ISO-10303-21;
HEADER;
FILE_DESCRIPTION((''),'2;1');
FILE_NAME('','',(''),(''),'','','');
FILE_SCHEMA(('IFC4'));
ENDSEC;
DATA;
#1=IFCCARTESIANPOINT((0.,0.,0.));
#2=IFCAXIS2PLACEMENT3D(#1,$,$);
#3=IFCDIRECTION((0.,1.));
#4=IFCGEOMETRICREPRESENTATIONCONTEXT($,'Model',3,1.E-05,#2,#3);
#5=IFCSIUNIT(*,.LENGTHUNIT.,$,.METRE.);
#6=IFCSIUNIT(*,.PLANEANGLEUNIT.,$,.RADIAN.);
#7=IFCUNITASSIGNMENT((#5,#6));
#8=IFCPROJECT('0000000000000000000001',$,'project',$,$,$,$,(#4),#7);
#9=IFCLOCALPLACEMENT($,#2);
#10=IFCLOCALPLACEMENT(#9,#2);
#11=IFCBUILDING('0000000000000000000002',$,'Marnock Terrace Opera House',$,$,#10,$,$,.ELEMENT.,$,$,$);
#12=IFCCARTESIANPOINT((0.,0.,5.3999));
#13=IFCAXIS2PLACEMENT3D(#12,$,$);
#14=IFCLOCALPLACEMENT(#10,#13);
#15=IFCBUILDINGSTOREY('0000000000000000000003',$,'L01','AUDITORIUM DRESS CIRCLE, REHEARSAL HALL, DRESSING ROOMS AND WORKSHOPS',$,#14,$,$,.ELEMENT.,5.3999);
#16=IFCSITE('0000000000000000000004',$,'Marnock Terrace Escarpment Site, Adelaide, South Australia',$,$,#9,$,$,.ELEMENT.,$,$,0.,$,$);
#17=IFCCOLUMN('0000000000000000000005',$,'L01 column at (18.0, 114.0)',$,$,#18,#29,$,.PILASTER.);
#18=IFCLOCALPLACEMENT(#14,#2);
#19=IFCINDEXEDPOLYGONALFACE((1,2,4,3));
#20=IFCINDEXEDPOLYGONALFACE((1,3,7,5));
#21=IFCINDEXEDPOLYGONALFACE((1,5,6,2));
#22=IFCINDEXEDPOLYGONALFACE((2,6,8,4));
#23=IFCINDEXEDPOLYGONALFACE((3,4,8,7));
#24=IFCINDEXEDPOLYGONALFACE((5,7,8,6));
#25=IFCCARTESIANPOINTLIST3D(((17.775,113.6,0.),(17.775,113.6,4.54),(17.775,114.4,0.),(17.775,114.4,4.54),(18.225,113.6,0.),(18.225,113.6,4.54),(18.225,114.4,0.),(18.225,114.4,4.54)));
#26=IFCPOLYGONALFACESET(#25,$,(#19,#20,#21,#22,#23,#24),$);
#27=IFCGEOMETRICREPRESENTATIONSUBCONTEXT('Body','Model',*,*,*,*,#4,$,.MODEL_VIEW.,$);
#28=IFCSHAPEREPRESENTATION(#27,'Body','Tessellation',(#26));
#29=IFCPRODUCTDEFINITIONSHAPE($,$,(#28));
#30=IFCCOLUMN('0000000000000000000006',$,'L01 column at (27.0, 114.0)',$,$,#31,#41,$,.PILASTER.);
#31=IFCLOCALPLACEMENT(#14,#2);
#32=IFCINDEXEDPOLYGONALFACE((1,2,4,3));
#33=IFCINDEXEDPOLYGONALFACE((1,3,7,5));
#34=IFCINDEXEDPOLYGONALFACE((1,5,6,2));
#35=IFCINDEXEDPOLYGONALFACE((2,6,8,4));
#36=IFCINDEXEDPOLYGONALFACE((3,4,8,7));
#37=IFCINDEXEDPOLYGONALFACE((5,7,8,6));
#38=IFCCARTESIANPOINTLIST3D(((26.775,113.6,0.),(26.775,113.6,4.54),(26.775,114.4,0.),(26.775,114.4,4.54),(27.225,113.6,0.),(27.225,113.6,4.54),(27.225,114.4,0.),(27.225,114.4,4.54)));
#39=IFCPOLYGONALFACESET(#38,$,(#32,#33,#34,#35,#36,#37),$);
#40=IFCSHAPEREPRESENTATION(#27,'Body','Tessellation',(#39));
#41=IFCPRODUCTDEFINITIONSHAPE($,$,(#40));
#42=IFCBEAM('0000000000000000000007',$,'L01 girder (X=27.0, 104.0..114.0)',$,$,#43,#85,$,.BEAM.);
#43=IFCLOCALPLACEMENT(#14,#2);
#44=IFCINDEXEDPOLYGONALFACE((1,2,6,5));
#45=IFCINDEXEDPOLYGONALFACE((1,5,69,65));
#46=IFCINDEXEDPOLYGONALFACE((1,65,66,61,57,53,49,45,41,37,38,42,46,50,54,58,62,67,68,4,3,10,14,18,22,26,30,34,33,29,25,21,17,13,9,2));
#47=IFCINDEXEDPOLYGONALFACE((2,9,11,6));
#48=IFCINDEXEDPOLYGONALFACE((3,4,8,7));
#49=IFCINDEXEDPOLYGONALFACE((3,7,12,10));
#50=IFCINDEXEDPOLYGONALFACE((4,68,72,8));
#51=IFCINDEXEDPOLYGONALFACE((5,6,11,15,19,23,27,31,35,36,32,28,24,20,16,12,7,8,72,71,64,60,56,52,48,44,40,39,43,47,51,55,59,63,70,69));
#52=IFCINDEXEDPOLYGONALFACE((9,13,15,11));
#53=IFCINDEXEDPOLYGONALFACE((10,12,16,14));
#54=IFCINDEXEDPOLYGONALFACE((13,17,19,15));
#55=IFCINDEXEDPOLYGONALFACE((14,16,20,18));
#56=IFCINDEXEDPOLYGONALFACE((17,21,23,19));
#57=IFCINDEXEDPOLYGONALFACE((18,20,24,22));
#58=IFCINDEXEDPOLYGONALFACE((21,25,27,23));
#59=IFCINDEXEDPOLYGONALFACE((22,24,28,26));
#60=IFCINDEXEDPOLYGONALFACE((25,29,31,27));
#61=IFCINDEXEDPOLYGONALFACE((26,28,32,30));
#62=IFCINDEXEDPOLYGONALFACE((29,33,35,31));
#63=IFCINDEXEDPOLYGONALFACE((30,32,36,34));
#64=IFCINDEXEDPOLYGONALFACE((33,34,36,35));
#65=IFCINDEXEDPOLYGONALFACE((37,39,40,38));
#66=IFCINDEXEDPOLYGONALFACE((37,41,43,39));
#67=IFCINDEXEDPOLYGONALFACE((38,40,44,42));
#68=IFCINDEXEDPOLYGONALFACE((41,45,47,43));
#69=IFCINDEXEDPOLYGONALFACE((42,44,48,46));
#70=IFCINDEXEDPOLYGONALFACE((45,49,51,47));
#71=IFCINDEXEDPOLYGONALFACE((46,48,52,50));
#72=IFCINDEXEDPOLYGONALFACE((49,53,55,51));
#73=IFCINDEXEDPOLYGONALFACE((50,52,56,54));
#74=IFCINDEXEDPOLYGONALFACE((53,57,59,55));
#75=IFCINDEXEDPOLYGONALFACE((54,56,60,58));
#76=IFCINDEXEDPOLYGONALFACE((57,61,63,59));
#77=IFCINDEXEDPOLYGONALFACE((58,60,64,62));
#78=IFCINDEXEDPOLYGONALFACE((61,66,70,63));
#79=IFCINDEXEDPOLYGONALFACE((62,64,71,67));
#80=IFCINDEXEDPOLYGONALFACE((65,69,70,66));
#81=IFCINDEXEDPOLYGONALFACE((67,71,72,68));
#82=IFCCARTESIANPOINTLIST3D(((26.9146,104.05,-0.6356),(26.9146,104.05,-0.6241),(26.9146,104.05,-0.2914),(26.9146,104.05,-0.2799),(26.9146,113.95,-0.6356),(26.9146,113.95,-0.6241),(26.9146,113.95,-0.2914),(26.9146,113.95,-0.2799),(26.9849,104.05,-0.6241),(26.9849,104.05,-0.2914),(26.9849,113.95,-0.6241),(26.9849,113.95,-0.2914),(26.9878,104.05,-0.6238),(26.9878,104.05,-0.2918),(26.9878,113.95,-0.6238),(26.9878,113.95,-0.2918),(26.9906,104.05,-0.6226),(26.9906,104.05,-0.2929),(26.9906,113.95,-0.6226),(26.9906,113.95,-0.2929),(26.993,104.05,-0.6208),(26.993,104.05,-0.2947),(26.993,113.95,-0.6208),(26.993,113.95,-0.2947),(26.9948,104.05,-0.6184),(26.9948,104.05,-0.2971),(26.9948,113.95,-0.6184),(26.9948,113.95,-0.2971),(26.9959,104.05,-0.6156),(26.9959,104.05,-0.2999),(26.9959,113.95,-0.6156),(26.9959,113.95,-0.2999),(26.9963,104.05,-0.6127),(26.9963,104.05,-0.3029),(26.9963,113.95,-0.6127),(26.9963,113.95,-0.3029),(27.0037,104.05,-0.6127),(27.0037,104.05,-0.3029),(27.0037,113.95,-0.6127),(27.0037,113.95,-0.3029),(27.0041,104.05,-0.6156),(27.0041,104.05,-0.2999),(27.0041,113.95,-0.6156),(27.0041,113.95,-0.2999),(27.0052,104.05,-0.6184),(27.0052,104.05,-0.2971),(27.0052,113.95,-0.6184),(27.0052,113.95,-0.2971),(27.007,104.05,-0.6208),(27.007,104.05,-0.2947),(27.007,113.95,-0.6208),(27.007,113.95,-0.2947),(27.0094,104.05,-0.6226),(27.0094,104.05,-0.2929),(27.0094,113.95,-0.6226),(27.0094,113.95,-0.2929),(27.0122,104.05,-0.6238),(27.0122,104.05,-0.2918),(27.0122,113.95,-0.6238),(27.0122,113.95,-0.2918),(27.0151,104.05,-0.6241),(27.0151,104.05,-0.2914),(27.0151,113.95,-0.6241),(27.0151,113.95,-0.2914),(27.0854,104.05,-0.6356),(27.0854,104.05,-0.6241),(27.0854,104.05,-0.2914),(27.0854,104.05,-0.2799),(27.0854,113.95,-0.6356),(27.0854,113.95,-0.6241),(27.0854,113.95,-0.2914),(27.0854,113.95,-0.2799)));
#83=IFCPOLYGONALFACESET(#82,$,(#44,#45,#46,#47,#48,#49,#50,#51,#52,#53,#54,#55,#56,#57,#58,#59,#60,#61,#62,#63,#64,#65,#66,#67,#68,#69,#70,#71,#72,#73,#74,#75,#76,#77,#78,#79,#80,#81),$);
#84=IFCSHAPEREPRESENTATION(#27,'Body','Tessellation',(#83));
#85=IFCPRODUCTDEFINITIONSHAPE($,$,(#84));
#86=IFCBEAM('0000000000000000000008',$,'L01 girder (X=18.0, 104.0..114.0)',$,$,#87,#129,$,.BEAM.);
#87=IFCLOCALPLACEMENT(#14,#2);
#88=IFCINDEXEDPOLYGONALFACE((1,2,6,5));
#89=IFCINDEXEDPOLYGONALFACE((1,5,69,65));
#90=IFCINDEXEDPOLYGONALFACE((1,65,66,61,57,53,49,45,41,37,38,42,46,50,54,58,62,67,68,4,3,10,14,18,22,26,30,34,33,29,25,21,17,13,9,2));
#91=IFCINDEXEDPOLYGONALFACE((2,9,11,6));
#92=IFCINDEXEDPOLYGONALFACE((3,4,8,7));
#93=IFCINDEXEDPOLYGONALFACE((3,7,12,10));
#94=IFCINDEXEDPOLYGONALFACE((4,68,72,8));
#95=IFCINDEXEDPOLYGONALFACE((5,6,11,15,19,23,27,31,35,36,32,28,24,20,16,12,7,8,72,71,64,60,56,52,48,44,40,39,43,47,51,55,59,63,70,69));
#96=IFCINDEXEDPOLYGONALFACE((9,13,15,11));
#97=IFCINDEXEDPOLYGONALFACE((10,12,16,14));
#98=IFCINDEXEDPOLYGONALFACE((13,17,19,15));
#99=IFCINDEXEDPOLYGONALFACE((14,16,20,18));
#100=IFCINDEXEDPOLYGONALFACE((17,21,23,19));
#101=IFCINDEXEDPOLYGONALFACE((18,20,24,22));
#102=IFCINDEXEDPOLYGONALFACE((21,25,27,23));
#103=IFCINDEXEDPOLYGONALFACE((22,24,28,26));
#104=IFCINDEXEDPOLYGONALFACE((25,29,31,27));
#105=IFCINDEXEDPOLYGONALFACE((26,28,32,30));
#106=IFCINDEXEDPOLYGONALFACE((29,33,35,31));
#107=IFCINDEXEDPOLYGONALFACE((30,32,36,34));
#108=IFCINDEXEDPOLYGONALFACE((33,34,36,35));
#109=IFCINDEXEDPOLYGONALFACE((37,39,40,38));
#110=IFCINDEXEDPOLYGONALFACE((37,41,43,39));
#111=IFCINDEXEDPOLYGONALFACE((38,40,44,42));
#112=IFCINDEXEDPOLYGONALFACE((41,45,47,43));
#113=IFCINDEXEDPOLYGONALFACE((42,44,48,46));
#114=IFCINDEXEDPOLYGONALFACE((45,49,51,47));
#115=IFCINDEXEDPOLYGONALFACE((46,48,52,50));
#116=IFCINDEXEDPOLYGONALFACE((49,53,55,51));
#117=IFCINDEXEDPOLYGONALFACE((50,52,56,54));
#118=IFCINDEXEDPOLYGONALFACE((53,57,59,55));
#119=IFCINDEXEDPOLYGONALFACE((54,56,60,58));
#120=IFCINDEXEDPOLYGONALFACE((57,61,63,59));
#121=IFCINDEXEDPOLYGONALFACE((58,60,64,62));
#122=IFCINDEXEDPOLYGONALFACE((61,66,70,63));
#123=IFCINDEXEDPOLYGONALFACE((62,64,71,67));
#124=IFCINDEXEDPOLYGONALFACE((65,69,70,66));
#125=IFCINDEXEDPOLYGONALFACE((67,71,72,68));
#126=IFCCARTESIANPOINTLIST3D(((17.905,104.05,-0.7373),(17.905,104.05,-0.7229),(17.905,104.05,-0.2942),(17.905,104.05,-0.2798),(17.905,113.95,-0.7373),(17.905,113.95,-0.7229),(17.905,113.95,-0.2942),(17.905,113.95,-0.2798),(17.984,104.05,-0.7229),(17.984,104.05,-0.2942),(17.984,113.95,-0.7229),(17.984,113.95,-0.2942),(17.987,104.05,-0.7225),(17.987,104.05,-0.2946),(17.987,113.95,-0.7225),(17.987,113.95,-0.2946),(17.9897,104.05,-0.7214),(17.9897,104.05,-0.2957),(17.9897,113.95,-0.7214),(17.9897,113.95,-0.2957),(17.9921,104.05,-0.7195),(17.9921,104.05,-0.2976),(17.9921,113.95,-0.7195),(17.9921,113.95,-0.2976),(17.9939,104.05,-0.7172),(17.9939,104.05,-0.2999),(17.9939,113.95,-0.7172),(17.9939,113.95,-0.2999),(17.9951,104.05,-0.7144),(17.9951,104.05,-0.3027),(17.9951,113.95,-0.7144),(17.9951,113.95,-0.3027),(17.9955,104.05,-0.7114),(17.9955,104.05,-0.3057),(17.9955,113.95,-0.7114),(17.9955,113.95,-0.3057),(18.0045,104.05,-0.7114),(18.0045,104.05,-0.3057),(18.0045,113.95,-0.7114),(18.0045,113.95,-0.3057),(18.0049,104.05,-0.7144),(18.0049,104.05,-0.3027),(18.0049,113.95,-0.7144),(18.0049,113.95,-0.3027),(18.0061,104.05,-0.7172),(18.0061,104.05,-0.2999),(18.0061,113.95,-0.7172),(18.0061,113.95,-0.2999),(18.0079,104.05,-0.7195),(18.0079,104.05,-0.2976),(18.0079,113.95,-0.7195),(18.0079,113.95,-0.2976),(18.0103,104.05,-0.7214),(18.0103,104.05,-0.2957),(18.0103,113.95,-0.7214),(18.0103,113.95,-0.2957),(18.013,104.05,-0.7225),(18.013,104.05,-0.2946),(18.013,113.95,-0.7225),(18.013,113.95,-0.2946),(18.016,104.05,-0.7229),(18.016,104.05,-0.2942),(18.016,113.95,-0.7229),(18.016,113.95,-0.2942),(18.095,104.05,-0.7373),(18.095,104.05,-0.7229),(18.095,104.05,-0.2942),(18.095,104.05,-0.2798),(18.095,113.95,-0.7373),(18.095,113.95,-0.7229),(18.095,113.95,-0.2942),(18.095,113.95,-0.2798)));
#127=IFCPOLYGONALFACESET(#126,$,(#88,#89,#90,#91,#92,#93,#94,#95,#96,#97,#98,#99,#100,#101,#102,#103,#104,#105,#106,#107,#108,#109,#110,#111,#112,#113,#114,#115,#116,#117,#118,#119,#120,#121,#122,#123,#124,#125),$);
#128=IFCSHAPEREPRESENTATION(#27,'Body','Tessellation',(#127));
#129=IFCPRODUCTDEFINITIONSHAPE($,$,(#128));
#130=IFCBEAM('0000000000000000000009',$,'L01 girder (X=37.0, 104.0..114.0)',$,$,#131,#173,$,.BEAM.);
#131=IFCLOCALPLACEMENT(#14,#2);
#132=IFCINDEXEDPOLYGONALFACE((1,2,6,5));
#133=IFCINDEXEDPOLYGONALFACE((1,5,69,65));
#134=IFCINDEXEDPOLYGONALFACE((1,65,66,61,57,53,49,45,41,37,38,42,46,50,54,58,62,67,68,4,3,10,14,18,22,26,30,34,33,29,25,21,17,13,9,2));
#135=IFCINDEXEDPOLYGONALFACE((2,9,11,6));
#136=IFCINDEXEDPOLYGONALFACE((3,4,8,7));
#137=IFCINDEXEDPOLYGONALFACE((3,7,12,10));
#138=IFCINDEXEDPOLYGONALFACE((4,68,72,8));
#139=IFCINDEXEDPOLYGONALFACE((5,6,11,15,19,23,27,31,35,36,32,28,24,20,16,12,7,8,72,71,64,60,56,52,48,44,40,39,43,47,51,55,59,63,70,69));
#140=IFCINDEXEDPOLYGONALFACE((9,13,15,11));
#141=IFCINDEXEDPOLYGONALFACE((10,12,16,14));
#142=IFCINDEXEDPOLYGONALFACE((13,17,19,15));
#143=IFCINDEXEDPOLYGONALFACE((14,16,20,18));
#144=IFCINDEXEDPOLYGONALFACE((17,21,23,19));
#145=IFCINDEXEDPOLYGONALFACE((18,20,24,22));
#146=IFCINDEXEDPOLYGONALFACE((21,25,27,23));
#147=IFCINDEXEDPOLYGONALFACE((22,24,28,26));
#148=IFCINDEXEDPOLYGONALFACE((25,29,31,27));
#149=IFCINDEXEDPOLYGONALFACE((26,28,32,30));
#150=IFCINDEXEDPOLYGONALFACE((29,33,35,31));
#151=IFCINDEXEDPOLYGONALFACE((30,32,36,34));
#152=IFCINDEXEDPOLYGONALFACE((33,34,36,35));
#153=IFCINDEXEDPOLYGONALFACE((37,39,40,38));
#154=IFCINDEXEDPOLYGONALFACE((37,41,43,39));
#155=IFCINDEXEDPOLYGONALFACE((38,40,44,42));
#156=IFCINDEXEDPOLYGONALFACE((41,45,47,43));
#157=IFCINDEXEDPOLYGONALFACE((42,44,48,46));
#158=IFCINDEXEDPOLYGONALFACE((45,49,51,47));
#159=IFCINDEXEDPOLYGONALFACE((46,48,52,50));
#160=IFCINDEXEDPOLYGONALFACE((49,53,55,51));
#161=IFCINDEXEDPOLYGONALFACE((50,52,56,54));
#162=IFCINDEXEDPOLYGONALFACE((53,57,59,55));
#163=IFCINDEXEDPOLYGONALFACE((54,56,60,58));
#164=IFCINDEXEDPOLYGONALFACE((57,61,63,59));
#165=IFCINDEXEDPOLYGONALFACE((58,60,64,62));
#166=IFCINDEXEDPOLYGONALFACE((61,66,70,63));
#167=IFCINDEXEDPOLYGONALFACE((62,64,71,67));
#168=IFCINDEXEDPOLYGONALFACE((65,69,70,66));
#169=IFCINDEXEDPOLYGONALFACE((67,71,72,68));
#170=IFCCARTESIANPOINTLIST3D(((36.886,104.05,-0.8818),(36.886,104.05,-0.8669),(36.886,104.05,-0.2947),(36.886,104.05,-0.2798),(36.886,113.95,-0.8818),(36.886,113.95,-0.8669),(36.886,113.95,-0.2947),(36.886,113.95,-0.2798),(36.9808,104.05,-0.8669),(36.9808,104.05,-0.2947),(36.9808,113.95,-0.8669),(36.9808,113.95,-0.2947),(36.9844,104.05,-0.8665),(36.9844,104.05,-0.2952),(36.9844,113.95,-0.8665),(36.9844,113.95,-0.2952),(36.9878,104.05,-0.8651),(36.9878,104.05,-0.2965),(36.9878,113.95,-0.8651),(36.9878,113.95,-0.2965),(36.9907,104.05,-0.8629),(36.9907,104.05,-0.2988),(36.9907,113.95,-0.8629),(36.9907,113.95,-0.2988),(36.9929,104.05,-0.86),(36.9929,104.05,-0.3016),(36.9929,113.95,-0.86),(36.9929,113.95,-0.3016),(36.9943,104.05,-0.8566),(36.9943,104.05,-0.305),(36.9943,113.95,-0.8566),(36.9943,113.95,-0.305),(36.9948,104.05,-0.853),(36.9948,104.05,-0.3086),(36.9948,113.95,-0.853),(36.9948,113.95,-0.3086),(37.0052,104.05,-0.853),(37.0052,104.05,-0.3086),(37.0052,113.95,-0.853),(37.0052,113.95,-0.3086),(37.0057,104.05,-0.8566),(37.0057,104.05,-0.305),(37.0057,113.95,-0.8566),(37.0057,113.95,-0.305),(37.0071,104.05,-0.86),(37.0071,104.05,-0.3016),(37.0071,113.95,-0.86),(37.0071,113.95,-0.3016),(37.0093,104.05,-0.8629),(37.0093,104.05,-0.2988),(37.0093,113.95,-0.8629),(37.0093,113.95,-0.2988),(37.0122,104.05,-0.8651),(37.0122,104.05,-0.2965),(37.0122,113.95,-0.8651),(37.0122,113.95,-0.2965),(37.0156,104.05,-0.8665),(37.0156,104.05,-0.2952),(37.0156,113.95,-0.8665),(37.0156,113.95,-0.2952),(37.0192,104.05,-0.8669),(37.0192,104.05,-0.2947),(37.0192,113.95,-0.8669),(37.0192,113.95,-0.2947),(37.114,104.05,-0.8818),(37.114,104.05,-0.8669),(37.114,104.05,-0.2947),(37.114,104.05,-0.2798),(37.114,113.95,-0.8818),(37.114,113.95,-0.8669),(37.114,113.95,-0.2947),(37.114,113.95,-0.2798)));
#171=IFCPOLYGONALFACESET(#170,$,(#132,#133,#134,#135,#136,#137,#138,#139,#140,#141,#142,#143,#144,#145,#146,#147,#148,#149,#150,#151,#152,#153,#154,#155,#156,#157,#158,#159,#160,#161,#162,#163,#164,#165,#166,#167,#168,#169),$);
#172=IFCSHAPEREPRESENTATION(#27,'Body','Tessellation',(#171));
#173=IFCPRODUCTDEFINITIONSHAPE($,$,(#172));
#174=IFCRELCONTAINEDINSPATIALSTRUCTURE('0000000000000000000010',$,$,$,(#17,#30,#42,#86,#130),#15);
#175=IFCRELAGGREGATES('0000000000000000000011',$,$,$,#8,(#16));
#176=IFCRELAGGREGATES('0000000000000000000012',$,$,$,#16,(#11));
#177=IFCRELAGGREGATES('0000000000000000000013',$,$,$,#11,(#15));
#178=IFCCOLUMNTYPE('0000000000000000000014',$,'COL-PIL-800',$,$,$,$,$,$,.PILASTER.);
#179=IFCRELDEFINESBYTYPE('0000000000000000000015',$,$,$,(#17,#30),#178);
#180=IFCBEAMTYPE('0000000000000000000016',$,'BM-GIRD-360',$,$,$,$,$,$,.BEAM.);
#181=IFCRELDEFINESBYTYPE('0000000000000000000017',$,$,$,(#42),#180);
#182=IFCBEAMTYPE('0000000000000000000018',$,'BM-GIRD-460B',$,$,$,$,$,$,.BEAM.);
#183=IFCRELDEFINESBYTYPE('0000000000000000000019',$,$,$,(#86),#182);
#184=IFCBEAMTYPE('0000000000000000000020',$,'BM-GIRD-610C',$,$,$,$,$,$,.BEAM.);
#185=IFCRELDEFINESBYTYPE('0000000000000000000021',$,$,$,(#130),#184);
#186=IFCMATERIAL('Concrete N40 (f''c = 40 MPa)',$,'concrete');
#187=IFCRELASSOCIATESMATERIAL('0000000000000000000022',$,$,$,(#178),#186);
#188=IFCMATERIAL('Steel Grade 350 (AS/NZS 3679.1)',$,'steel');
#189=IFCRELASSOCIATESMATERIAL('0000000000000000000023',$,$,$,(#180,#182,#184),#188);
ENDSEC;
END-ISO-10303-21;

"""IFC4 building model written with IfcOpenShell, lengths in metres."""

from ifc_helpers import new_model, si_unit, direction, frame, origin, origin_2d, place, context, subcontext, project, spatial, rectangle, i_section, extrude, material, material_profile, profile_set, type_object, element, save


model = new_model("IFC4")

# Units and contexts
model_context = context("Model", 3, precision=1e-05, world=origin(), true_north=direction((0.0, 1.0)))
body_context = subcontext(model_context, "Body", "Model", "MODEL_VIEW")
ifc_project = project(units=[si_unit("LENGTHUNIT", "METRE"), si_unit("PLANEANGLEUNIT", "RADIAN")], contexts=[model_context])

# Site, building, storey
site_placement = place(None, origin())
site = spatial("IfcSite", under=ifc_project, at=site_placement, Name="Marnock Terrace Escarpment Site, Adelaide, South Australia", CompositionType="ELEMENT", RefElevation=0.0)
building_placement = place(site_placement, origin())
building = spatial("IfcBuilding", under=site, at=building_placement, Name="Marnock Terrace Opera House", CompositionType="ELEMENT")
storey_placement = place(building_placement, frame((0.0, 0.0, 5.3999)))
storey = spatial("IfcBuildingStorey", under=building, at=storey_placement, Name="L01", Description="AUDITORIUM DRESS CIRCLE, REHEARSAL HALL, DRESSING ROOMS AND WORKSHOPS", CompositionType="ELEMENT", Elevation=5.3999)

# Columns
ifc_material_1 = material(Name="Concrete N40 (f'c = 40 MPa)", Category="concrete")
ifc_material_profile_1 = material_profile(ifc_material_1, rectangle(XDim=0.45, YDim=0.8, at=origin_2d()))
ifc_profile_set_1 = profile_set([ifc_material_profile_1], Name="Concrete N40 (f'c = 40 MPa)")
column_type = type_object("IfcColumnType", Name="COL-PIL-800", PredefinedType="PILASTER", material=ifc_profile_set_1)
for number, where, z_axis, x_axis, name in (
    (1, (18.0, 114.0, 0.0), (0.0, 0.0, 1.0), (1.0, 0.0, 0.0), "L01 column at (18.0, 114.0)"),
    (2, (27.0, 114.0, 0.0), (0.0, 0.0, 1.0), (1.0, 0.0, 0.0), "L01 column at (27.0, 114.0)"),
):
    element("IfcColumn", number, at=place(storey_placement, frame(where, z_axis=z_axis, x_axis=x_axis)), inside=storey, type_object=column_type, Name=name, PredefinedType="PILASTER", context=body_context, shape_type="SweptSolid", body=[
        extrude(rectangle(XDim=0.45, YDim=0.8, at=origin_2d()), origin(), (0.0, 0.0, 1.0), 4.54),
    ])

# Beams
ifc_material_2 = material(Name="Steel Grade 350 (AS/NZS 3679.1)", Category="steel")
ifc_material_profile_2 = material_profile(ifc_material_2, i_section(OverallWidth=0.1709, OverallDepth=0.3557, WebThickness=0.0073, FlangeThickness=0.0115, FilletRadius=0.0115, at=origin_2d()))
ifc_profile_set_2 = profile_set([ifc_material_profile_2], Name="Steel Grade 350 (AS/NZS 3679.1)")
beam_type_1 = type_object("IfcBeamType", Name="BM-GIRD-360", PredefinedType="BEAM", material=ifc_profile_set_2)
beam_1_placement = place(storey_placement, frame((27.0, 104.05, -0.4578), z_axis=(0.0, 1.0, 0.0), x_axis=(-1.0, 0.0, 0.0)))
element("IfcBeam", 3, at=beam_1_placement, inside=storey, type_object=beam_type_1, Name="L01 girder (X=27.0, 104.0..114.0)", PredefinedType="BEAM", context=body_context, shape_type="SweptSolid", body=[
    extrude(i_section(OverallWidth=0.1709, OverallDepth=0.3557, WebThickness=0.0073, FlangeThickness=0.0115, FilletRadius=0.0115, at=origin_2d()), origin(), (0.0, 0.0, 1.0), 9.8999),
])
ifc_material_profile_3 = material_profile(ifc_material_2, i_section(OverallWidth=0.1899, OverallDepth=0.4575, WebThickness=0.009, FlangeThickness=0.0144, FilletRadius=0.0115, at=origin_2d()))
ifc_profile_set_3 = profile_set([ifc_material_profile_3], Name="Steel Grade 350 (AS/NZS 3679.1)")
beam_type_2 = type_object("IfcBeamType", Name="BM-GIRD-460B", PredefinedType="BEAM", material=ifc_profile_set_3)
beam_2_placement = place(storey_placement, frame((18.0, 104.05, -0.5085), z_axis=(0.0, 1.0, 0.0), x_axis=(-1.0, 0.0, 0.0)))
element("IfcBeam", 4, at=beam_2_placement, inside=storey, type_object=beam_type_2, Name="L01 girder (X=18.0, 104.0..114.0)", PredefinedType="BEAM", context=body_context, shape_type="SweptSolid", body=[
    extrude(i_section(OverallWidth=0.1899, OverallDepth=0.4575, WebThickness=0.009, FlangeThickness=0.0144, FilletRadius=0.0115, at=origin_2d()), origin(), (0.0, 0.0, 1.0), 9.8999),
])
ifc_material_profile_4 = material_profile(ifc_material_2, i_section(OverallWidth=0.228, OverallDepth=0.6021, WebThickness=0.0105, FlangeThickness=0.0149, FilletRadius=0.0139, at=origin_2d()))
ifc_profile_set_4 = profile_set([ifc_material_profile_4], Name="Steel Grade 350 (AS/NZS 3679.1)")
beam_type_3 = type_object("IfcBeamType", Name="BM-GIRD-610C", PredefinedType="BEAM", material=ifc_profile_set_4)
beam_3_placement = place(storey_placement, frame((37.0, 104.05, -0.5808), z_axis=(0.0, 1.0, 0.0), x_axis=(-1.0, 0.0, 0.0)))
element("IfcBeam", 5, at=beam_3_placement, inside=storey, type_object=beam_type_3, Name="L01 girder (X=37.0, 104.0..114.0)", PredefinedType="BEAM", context=body_context, shape_type="SweptSolid", body=[
    extrude(i_section(OverallWidth=0.228, OverallDepth=0.6021, WebThickness=0.0105, FlangeThickness=0.0149, FilletRadius=0.0139, at=origin_2d()), origin(), (0.0, 0.0, 1.0), 9.8999),
])

save(model, "model.ifc")
